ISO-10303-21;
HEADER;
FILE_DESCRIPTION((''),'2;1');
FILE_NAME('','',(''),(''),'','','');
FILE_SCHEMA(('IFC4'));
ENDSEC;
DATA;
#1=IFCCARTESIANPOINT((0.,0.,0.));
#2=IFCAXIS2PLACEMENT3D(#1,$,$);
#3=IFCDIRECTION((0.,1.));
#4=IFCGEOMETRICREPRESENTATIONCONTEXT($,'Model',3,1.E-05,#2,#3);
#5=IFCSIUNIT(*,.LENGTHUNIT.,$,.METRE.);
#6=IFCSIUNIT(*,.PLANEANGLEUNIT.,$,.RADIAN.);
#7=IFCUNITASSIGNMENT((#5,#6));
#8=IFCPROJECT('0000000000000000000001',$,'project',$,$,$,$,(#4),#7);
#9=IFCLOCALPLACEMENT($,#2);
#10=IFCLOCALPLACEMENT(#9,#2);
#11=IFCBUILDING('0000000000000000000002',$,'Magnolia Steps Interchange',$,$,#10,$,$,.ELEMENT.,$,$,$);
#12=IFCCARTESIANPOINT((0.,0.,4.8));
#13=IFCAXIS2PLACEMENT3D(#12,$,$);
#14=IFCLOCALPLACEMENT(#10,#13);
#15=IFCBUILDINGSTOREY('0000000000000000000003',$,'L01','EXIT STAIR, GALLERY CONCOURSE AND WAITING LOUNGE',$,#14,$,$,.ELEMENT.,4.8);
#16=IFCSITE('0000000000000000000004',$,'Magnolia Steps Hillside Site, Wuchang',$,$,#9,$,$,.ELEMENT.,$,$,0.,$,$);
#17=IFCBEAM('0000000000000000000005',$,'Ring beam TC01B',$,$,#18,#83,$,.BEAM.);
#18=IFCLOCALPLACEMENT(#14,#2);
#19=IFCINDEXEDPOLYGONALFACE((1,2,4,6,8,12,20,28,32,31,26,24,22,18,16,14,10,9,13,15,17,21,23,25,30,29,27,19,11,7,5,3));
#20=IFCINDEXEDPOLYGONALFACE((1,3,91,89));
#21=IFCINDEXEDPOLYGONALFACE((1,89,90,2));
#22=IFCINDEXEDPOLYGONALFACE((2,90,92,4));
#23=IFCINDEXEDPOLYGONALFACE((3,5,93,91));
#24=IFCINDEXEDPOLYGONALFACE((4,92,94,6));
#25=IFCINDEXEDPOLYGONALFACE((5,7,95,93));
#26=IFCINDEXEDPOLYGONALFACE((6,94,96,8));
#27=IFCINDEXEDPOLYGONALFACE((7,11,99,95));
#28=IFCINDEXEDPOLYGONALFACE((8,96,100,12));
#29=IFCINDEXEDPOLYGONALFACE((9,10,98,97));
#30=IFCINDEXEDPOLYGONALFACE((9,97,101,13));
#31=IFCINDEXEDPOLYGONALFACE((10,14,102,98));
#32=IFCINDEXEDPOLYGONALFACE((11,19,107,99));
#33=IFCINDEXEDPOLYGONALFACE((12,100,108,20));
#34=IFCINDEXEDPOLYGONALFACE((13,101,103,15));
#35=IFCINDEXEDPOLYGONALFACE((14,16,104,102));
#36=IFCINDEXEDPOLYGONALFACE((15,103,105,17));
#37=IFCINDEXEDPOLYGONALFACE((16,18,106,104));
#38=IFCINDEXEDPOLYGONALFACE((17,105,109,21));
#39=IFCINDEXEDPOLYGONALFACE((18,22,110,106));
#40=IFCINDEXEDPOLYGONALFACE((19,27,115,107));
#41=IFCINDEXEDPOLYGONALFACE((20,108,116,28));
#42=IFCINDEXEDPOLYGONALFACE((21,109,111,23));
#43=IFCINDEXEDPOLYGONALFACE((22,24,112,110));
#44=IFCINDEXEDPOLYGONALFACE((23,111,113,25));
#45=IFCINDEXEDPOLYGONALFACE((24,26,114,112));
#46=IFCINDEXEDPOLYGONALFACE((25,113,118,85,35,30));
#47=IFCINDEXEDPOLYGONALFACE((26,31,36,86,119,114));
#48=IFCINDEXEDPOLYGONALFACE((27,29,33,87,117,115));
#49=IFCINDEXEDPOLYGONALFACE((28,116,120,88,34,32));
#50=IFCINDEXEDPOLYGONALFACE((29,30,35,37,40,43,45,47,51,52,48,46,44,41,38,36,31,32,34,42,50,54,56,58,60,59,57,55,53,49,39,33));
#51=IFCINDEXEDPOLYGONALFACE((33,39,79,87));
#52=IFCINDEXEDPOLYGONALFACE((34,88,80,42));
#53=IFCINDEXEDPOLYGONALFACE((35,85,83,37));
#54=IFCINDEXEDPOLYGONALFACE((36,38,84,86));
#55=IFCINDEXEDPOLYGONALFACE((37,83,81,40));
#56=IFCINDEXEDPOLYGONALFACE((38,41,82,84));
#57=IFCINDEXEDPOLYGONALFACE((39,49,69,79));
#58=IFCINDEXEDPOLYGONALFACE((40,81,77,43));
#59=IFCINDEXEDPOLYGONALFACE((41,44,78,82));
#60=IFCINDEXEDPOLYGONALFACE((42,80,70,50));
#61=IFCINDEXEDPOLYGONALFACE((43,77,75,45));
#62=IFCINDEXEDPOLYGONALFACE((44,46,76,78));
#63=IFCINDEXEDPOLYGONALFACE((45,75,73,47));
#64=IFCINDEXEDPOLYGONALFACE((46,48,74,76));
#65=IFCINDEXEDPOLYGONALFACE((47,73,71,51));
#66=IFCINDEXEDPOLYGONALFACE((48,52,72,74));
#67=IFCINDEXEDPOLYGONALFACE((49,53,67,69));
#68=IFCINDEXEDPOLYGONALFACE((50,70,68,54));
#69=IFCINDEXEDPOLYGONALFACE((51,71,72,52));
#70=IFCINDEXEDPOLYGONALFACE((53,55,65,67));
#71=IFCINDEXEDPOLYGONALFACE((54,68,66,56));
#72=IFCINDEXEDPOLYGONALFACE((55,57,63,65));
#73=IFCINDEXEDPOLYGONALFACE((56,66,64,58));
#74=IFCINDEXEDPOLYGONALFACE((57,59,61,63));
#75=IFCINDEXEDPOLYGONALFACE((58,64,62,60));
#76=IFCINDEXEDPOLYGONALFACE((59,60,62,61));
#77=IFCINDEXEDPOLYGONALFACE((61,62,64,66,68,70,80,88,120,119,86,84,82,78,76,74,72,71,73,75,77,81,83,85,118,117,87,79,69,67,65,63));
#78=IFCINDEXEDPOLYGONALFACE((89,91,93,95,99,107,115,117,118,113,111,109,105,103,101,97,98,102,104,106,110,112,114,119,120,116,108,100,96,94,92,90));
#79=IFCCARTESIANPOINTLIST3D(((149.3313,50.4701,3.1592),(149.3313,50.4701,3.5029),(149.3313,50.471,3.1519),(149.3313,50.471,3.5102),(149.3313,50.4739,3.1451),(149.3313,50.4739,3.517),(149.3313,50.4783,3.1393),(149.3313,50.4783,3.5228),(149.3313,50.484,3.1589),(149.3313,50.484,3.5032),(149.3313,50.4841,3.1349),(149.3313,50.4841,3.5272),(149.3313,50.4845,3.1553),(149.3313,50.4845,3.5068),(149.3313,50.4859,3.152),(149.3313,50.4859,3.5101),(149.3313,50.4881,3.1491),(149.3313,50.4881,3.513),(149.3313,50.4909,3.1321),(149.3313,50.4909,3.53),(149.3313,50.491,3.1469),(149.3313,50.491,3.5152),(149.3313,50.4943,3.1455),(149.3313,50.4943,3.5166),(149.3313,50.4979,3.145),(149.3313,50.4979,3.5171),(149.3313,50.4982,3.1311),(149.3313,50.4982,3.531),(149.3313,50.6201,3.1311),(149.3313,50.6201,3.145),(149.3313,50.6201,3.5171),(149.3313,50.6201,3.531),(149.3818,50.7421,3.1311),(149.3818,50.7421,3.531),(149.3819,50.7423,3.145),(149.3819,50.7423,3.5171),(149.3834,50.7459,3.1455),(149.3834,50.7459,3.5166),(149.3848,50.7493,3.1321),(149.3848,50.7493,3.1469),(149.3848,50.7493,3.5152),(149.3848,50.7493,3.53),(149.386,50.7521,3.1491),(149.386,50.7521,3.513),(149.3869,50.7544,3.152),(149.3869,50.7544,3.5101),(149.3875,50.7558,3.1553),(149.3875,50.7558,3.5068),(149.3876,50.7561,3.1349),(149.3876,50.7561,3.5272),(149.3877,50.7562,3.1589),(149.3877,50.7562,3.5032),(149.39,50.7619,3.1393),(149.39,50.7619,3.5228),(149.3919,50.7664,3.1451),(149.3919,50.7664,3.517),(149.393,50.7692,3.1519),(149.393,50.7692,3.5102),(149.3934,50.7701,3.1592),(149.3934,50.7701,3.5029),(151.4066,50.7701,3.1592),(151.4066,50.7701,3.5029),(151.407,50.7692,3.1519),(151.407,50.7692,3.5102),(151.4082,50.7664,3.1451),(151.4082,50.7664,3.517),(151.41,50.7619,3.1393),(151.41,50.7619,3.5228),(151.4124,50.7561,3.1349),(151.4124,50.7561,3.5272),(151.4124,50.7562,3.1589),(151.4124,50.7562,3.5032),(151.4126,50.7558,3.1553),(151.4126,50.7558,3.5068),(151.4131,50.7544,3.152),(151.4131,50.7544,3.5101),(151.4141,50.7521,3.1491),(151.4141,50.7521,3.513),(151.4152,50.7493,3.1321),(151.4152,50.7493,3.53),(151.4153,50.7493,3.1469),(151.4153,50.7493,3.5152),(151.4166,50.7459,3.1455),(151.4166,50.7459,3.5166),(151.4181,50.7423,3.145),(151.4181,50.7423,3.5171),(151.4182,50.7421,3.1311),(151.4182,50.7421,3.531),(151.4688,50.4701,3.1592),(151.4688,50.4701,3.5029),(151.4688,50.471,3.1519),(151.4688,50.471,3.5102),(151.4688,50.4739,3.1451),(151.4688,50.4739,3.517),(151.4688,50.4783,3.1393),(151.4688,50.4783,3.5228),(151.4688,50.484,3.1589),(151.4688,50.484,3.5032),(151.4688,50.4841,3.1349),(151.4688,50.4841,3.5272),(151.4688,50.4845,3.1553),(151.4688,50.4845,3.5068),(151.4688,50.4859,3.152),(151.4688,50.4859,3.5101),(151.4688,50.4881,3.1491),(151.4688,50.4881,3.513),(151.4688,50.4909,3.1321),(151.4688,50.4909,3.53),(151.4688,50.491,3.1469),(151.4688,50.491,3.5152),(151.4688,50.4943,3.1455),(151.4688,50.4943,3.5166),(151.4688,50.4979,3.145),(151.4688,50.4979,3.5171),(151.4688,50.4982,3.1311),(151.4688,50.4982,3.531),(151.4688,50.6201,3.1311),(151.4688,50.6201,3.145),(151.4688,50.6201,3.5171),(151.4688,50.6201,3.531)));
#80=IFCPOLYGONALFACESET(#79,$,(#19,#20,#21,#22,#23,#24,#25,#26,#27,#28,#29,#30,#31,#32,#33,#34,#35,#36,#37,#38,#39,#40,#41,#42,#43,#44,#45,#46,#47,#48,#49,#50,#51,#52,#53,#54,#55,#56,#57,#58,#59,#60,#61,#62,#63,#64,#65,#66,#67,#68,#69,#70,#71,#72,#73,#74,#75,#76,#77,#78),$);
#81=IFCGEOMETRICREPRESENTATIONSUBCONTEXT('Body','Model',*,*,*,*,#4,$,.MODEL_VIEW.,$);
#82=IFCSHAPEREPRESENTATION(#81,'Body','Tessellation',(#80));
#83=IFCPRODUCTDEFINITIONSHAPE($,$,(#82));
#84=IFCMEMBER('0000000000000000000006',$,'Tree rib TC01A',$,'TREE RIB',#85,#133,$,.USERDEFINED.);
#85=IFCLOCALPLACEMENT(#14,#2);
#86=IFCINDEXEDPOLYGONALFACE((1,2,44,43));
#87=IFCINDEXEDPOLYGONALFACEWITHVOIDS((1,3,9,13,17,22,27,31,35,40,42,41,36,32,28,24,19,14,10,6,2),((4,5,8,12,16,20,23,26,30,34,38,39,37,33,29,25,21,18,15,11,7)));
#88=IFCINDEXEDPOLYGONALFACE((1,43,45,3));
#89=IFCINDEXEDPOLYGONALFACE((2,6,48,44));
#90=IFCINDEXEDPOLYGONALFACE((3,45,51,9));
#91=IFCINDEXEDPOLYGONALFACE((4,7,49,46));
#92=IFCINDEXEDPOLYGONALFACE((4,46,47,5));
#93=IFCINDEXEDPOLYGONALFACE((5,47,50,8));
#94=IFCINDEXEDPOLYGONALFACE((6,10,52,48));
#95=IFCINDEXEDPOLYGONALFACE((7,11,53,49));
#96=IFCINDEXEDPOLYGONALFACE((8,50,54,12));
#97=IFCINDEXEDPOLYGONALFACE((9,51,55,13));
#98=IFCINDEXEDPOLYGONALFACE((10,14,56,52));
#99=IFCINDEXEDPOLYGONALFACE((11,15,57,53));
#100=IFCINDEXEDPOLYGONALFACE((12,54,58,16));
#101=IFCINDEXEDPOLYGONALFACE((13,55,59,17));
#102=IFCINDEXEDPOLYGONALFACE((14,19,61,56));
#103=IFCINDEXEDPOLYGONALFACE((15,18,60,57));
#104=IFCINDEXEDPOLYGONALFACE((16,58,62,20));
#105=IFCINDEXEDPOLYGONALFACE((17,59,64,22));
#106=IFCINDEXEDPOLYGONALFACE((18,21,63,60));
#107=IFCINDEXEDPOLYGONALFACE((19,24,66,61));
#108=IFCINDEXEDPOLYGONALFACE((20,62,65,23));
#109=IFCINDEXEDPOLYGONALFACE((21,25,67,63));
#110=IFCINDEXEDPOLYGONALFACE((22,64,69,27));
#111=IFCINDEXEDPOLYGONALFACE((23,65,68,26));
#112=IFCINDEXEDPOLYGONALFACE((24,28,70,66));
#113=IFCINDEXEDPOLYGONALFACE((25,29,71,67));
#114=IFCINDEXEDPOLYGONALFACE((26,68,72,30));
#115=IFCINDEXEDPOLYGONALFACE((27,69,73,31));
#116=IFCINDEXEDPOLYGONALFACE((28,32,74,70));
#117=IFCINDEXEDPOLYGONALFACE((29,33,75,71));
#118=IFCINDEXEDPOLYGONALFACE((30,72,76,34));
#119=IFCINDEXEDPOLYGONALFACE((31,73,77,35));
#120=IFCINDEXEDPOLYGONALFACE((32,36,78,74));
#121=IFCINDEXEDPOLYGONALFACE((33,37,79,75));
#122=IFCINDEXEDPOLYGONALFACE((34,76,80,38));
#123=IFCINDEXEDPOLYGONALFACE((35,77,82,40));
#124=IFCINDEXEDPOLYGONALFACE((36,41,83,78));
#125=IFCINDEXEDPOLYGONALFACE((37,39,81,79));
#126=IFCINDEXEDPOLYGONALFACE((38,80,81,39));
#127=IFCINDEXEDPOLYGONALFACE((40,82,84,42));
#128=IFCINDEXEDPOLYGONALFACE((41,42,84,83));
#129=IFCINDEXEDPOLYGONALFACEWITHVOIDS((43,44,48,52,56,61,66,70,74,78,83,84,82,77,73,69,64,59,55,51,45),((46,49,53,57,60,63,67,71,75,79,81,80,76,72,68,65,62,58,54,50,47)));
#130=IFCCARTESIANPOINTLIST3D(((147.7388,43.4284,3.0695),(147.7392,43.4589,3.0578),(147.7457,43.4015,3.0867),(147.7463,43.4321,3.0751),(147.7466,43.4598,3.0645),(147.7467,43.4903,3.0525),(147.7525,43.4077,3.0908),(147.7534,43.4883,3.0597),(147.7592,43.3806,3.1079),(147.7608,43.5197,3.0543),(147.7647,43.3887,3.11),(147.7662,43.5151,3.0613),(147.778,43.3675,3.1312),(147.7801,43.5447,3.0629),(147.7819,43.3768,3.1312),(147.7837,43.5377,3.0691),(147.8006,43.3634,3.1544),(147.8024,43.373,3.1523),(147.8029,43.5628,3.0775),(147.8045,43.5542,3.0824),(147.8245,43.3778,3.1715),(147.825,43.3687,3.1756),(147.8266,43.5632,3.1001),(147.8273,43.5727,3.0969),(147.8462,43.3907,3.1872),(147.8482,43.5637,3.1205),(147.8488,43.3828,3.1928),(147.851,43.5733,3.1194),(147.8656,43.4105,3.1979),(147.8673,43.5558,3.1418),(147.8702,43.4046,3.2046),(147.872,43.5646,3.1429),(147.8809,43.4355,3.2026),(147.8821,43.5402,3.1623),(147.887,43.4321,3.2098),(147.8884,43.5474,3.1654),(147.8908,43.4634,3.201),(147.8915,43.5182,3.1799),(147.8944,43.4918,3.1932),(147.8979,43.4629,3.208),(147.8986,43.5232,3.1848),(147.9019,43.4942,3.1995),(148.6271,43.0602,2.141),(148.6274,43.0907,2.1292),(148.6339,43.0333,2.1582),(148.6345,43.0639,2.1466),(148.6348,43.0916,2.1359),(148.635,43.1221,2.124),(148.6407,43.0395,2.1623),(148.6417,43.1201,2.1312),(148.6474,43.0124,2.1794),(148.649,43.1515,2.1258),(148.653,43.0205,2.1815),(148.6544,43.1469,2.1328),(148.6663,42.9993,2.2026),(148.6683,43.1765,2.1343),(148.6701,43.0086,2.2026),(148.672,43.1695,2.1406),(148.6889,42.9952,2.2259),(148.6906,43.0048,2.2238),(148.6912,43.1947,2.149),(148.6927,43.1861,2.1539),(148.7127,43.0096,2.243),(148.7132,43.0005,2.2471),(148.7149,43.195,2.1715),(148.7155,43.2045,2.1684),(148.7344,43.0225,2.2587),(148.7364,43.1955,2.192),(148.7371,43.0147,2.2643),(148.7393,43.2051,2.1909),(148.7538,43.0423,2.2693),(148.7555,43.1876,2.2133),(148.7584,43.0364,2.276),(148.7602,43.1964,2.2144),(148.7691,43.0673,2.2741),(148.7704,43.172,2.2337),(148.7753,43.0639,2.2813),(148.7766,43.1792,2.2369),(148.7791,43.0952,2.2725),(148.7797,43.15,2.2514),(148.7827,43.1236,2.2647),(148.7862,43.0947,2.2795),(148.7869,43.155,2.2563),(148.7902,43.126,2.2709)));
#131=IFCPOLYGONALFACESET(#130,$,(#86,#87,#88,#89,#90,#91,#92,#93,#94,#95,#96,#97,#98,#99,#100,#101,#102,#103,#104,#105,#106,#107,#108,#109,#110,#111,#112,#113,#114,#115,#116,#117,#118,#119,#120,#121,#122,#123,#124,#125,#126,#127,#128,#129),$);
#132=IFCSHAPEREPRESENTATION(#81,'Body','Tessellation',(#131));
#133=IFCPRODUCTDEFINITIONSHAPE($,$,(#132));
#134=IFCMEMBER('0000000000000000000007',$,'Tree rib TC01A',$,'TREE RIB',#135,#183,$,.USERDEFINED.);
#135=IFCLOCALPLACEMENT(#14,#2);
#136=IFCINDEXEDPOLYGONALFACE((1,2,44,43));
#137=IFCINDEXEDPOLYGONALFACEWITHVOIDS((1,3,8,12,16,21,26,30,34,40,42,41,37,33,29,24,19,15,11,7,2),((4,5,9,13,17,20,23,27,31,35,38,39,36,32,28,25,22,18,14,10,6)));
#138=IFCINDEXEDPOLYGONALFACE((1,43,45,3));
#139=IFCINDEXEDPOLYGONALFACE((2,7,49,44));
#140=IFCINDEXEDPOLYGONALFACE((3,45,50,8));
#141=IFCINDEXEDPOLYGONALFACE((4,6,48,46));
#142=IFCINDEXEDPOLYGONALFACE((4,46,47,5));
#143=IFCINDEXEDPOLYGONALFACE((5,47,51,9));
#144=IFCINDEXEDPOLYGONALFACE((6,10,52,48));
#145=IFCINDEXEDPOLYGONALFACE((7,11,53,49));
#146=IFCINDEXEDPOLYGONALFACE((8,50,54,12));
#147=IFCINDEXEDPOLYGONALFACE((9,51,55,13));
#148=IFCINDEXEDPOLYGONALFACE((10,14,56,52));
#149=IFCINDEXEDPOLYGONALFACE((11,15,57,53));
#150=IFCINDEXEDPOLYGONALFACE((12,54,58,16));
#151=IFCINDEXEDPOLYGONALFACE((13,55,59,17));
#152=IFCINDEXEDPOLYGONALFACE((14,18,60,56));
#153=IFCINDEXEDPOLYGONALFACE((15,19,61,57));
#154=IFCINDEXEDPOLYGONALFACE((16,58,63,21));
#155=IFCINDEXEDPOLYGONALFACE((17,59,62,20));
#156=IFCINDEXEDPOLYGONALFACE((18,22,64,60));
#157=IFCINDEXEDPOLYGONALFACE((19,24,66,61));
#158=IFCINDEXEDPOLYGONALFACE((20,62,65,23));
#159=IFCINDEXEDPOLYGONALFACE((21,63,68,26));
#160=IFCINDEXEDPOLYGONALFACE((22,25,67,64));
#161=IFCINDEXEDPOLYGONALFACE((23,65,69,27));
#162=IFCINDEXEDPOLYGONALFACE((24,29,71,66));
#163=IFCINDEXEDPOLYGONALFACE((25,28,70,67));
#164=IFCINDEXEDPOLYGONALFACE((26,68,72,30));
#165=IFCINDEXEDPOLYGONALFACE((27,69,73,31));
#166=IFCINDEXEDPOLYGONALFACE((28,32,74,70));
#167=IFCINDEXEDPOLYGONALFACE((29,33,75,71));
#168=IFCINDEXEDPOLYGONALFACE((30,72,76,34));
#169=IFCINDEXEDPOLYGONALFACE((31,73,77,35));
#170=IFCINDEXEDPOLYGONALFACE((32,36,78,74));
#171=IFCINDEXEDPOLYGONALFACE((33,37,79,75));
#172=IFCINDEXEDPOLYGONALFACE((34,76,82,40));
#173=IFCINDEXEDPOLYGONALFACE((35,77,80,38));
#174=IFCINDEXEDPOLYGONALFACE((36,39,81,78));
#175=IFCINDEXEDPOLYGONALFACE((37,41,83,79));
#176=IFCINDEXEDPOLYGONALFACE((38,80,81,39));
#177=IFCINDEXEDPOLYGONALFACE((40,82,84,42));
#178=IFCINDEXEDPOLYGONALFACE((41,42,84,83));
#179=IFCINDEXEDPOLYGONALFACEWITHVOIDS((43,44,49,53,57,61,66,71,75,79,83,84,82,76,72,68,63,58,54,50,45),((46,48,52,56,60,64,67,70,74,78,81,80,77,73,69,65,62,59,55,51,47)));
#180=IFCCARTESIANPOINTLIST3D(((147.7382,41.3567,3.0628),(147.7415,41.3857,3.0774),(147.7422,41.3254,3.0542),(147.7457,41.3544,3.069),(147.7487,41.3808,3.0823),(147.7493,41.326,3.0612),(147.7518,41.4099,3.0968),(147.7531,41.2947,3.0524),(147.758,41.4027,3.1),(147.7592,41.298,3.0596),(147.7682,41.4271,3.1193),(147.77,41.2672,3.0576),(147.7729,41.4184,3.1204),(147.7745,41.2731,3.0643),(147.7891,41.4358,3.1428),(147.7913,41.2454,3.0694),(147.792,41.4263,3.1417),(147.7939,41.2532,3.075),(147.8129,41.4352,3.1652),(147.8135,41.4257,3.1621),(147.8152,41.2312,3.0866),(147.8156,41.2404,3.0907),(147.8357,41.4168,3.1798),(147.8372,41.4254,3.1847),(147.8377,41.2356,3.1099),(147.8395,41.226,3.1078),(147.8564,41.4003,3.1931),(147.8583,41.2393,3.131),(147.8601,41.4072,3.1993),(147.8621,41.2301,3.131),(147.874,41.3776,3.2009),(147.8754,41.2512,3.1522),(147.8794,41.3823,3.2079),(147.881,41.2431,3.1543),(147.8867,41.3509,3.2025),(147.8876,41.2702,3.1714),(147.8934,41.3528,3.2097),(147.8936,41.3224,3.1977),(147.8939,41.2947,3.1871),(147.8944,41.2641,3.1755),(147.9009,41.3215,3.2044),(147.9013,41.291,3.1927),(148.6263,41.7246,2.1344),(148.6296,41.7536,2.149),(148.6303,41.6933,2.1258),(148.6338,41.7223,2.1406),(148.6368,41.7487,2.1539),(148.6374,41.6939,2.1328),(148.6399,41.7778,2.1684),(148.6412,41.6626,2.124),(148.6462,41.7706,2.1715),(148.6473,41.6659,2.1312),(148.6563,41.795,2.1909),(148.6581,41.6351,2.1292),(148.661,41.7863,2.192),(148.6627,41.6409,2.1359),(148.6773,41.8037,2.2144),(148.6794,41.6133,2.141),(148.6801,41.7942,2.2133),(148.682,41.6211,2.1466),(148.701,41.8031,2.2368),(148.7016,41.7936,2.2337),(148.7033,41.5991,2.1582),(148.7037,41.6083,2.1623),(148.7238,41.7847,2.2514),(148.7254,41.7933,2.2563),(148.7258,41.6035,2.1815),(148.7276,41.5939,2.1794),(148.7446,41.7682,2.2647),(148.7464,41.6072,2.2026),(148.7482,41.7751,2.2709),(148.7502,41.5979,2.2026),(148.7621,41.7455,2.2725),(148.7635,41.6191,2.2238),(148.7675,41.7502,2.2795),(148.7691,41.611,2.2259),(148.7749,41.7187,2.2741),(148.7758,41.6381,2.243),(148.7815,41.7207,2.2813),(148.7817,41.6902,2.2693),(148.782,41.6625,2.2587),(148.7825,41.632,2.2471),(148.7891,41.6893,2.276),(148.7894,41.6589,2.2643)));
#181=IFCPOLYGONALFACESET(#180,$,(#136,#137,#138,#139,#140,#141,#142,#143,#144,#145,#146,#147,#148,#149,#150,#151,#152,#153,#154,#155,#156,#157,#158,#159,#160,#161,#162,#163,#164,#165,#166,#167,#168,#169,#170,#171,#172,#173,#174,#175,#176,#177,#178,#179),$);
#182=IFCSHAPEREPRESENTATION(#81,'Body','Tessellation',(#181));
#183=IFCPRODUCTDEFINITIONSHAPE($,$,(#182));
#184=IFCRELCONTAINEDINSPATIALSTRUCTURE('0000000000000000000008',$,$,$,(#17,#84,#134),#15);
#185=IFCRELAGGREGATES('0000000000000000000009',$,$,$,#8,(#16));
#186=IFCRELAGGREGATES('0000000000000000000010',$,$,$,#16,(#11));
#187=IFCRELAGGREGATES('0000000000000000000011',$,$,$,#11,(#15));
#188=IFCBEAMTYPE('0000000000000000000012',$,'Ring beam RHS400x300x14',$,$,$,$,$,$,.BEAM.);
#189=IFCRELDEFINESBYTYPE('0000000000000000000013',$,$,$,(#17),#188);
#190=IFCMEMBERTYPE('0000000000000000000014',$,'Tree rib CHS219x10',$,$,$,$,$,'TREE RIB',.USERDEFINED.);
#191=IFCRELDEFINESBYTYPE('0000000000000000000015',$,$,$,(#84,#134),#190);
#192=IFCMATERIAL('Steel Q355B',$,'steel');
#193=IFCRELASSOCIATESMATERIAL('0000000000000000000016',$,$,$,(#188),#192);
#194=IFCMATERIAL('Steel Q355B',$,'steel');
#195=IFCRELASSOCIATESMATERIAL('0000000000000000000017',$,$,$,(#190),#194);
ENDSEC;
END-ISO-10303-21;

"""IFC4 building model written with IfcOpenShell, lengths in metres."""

from ifc_helpers import new_model, si_unit, direction, frame, origin, origin_2d, place, context, subcontext, project, spatial, hollow_rectangle, hollow_circle, extrude, clip, halfspace, material, material_profile, profile_set, type_object, element, save


model = new_model("IFC4")

# Units and contexts
model_context = context("Model", 3, precision=1e-05, world=origin(), true_north=direction((0.0, 1.0)))
body_context = subcontext(model_context, "Body", "Model", "MODEL_VIEW")
ifc_project = project(units=[si_unit("LENGTHUNIT", "METRE"), si_unit("PLANEANGLEUNIT", "RADIAN")], contexts=[model_context])

# Site, building, storey
site_placement = place(None, origin())
site = spatial("IfcSite", under=ifc_project, at=site_placement, Name="Magnolia Steps Hillside Site, Wuchang", CompositionType="ELEMENT", RefElevation=0.0)
building_placement = place(site_placement, origin())
building = spatial("IfcBuilding", under=site, at=building_placement, Name="Magnolia Steps Interchange", CompositionType="ELEMENT")
storey_placement = place(building_placement, frame((0.0, 0.0, 4.8)))
storey = spatial("IfcBuildingStorey", under=building, at=storey_placement, Name="L01", Description="EXIT STAIR, GALLERY CONCOURSE AND WAITING LOUNGE", CompositionType="ELEMENT", Elevation=4.8)

# Beam
ifc_material_1 = material(Name="Steel Q355B", Category="steel")
ifc_material_profile_1 = material_profile(ifc_material_1, hollow_rectangle(XDim=0.3, YDim=0.3999, WallThickness=0.0139, InnerFilletRadius=0.0139, OuterFilletRadius=0.0281, at=origin_2d()), Name="RHS400x300x14")
ifc_profile_set_1 = profile_set([ifc_material_profile_1], Name="Steel Q355B")
beam_type = type_object("IfcBeamType", Name="Ring beam RHS400x300x14", PredefinedType="BEAM", material=ifc_profile_set_1)
beam_1_placement = place(storey_placement, frame((149.3313, 50.6201, 3.3311), z_axis=(1.0, 0.0, 0.0), x_axis=(0.0, 1.0, 0.0)))
element("IfcBeam", 1, at=beam_1_placement, inside=storey, type_object=beam_type, Name="Ring beam TC01B", PredefinedType="BEAM", context=body_context, shape_type="Clipping", body=[
    clip(clip(extrude(hollow_rectangle(XDim=0.3, YDim=0.3999, WallThickness=0.0139, InnerFilletRadius=0.0139, OuterFilletRadius=0.0281, at=origin_2d()), origin(), (0.0, 0.0, 1.0), 2.1375), halfspace(frame((0.0, 0.0, 0.0), z_axis=(0.382683, 0.0, -0.92388), x_axis=(0.92388, 0.0, 0.382683)), False)), halfspace(frame((0.0, 0.0, 2.1375), z_axis=(0.382683, 0.0, 0.92388), x_axis=(0.92388, 0.0, -0.382683)), False)),
])

# Members
ifc_material_2 = material(Name="Steel Q355B", Category="steel")
ifc_material_profile_2 = material_profile(ifc_material_2, hollow_circle(Radius=0.1096, WallThickness=0.01, at=origin_2d()), Name="CHS219x10")
ifc_profile_set_2 = profile_set([ifc_material_profile_2], Name="Steel Q355B")
member_type = type_object("IfcMemberType", Name="Tree rib CHS219x10", ElementType="TREE RIB", PredefinedType="USERDEFINED", material=ifc_profile_set_2)
member_1_placement = place(storey_placement, frame((148.7083, 43.1006, 2.2026), z_axis=(-0.664516, 0.275451, 0.694655), x_axis=(-0.38292, -0.923782, 0.0)))
element("IfcMember", 2, at=member_1_placement, inside=storey, type_object=member_type, Name="Tree rib TC01A", ObjectType="TREE RIB", PredefinedType="USERDEFINED", context=body_context, shape_type="SweptSolid", body=[
    extrude(hollow_circle(Radius=0.1096, WallThickness=0.01, at=origin_2d()), origin(), (0.0, 0.0, 1.0), 1.3367),
])
member_2_placement = place(storey_placement, frame((148.7083, 41.6992, 2.2026), z_axis=(-0.664549, -0.275282, 0.69469), x_axis=(0.382703, -0.923871, 0.0)))
element("IfcMember", 3, at=member_2_placement, inside=storey, type_object=member_type, Name="Tree rib TC01A", ObjectType="TREE RIB", PredefinedType="USERDEFINED", context=body_context, shape_type="SweptSolid", body=[
    extrude(hollow_circle(Radius=0.1096, WallThickness=0.01, at=origin_2d()), origin(), (0.0, 0.0, 1.0), 1.3364),
])

save(model, "model.ifc")
